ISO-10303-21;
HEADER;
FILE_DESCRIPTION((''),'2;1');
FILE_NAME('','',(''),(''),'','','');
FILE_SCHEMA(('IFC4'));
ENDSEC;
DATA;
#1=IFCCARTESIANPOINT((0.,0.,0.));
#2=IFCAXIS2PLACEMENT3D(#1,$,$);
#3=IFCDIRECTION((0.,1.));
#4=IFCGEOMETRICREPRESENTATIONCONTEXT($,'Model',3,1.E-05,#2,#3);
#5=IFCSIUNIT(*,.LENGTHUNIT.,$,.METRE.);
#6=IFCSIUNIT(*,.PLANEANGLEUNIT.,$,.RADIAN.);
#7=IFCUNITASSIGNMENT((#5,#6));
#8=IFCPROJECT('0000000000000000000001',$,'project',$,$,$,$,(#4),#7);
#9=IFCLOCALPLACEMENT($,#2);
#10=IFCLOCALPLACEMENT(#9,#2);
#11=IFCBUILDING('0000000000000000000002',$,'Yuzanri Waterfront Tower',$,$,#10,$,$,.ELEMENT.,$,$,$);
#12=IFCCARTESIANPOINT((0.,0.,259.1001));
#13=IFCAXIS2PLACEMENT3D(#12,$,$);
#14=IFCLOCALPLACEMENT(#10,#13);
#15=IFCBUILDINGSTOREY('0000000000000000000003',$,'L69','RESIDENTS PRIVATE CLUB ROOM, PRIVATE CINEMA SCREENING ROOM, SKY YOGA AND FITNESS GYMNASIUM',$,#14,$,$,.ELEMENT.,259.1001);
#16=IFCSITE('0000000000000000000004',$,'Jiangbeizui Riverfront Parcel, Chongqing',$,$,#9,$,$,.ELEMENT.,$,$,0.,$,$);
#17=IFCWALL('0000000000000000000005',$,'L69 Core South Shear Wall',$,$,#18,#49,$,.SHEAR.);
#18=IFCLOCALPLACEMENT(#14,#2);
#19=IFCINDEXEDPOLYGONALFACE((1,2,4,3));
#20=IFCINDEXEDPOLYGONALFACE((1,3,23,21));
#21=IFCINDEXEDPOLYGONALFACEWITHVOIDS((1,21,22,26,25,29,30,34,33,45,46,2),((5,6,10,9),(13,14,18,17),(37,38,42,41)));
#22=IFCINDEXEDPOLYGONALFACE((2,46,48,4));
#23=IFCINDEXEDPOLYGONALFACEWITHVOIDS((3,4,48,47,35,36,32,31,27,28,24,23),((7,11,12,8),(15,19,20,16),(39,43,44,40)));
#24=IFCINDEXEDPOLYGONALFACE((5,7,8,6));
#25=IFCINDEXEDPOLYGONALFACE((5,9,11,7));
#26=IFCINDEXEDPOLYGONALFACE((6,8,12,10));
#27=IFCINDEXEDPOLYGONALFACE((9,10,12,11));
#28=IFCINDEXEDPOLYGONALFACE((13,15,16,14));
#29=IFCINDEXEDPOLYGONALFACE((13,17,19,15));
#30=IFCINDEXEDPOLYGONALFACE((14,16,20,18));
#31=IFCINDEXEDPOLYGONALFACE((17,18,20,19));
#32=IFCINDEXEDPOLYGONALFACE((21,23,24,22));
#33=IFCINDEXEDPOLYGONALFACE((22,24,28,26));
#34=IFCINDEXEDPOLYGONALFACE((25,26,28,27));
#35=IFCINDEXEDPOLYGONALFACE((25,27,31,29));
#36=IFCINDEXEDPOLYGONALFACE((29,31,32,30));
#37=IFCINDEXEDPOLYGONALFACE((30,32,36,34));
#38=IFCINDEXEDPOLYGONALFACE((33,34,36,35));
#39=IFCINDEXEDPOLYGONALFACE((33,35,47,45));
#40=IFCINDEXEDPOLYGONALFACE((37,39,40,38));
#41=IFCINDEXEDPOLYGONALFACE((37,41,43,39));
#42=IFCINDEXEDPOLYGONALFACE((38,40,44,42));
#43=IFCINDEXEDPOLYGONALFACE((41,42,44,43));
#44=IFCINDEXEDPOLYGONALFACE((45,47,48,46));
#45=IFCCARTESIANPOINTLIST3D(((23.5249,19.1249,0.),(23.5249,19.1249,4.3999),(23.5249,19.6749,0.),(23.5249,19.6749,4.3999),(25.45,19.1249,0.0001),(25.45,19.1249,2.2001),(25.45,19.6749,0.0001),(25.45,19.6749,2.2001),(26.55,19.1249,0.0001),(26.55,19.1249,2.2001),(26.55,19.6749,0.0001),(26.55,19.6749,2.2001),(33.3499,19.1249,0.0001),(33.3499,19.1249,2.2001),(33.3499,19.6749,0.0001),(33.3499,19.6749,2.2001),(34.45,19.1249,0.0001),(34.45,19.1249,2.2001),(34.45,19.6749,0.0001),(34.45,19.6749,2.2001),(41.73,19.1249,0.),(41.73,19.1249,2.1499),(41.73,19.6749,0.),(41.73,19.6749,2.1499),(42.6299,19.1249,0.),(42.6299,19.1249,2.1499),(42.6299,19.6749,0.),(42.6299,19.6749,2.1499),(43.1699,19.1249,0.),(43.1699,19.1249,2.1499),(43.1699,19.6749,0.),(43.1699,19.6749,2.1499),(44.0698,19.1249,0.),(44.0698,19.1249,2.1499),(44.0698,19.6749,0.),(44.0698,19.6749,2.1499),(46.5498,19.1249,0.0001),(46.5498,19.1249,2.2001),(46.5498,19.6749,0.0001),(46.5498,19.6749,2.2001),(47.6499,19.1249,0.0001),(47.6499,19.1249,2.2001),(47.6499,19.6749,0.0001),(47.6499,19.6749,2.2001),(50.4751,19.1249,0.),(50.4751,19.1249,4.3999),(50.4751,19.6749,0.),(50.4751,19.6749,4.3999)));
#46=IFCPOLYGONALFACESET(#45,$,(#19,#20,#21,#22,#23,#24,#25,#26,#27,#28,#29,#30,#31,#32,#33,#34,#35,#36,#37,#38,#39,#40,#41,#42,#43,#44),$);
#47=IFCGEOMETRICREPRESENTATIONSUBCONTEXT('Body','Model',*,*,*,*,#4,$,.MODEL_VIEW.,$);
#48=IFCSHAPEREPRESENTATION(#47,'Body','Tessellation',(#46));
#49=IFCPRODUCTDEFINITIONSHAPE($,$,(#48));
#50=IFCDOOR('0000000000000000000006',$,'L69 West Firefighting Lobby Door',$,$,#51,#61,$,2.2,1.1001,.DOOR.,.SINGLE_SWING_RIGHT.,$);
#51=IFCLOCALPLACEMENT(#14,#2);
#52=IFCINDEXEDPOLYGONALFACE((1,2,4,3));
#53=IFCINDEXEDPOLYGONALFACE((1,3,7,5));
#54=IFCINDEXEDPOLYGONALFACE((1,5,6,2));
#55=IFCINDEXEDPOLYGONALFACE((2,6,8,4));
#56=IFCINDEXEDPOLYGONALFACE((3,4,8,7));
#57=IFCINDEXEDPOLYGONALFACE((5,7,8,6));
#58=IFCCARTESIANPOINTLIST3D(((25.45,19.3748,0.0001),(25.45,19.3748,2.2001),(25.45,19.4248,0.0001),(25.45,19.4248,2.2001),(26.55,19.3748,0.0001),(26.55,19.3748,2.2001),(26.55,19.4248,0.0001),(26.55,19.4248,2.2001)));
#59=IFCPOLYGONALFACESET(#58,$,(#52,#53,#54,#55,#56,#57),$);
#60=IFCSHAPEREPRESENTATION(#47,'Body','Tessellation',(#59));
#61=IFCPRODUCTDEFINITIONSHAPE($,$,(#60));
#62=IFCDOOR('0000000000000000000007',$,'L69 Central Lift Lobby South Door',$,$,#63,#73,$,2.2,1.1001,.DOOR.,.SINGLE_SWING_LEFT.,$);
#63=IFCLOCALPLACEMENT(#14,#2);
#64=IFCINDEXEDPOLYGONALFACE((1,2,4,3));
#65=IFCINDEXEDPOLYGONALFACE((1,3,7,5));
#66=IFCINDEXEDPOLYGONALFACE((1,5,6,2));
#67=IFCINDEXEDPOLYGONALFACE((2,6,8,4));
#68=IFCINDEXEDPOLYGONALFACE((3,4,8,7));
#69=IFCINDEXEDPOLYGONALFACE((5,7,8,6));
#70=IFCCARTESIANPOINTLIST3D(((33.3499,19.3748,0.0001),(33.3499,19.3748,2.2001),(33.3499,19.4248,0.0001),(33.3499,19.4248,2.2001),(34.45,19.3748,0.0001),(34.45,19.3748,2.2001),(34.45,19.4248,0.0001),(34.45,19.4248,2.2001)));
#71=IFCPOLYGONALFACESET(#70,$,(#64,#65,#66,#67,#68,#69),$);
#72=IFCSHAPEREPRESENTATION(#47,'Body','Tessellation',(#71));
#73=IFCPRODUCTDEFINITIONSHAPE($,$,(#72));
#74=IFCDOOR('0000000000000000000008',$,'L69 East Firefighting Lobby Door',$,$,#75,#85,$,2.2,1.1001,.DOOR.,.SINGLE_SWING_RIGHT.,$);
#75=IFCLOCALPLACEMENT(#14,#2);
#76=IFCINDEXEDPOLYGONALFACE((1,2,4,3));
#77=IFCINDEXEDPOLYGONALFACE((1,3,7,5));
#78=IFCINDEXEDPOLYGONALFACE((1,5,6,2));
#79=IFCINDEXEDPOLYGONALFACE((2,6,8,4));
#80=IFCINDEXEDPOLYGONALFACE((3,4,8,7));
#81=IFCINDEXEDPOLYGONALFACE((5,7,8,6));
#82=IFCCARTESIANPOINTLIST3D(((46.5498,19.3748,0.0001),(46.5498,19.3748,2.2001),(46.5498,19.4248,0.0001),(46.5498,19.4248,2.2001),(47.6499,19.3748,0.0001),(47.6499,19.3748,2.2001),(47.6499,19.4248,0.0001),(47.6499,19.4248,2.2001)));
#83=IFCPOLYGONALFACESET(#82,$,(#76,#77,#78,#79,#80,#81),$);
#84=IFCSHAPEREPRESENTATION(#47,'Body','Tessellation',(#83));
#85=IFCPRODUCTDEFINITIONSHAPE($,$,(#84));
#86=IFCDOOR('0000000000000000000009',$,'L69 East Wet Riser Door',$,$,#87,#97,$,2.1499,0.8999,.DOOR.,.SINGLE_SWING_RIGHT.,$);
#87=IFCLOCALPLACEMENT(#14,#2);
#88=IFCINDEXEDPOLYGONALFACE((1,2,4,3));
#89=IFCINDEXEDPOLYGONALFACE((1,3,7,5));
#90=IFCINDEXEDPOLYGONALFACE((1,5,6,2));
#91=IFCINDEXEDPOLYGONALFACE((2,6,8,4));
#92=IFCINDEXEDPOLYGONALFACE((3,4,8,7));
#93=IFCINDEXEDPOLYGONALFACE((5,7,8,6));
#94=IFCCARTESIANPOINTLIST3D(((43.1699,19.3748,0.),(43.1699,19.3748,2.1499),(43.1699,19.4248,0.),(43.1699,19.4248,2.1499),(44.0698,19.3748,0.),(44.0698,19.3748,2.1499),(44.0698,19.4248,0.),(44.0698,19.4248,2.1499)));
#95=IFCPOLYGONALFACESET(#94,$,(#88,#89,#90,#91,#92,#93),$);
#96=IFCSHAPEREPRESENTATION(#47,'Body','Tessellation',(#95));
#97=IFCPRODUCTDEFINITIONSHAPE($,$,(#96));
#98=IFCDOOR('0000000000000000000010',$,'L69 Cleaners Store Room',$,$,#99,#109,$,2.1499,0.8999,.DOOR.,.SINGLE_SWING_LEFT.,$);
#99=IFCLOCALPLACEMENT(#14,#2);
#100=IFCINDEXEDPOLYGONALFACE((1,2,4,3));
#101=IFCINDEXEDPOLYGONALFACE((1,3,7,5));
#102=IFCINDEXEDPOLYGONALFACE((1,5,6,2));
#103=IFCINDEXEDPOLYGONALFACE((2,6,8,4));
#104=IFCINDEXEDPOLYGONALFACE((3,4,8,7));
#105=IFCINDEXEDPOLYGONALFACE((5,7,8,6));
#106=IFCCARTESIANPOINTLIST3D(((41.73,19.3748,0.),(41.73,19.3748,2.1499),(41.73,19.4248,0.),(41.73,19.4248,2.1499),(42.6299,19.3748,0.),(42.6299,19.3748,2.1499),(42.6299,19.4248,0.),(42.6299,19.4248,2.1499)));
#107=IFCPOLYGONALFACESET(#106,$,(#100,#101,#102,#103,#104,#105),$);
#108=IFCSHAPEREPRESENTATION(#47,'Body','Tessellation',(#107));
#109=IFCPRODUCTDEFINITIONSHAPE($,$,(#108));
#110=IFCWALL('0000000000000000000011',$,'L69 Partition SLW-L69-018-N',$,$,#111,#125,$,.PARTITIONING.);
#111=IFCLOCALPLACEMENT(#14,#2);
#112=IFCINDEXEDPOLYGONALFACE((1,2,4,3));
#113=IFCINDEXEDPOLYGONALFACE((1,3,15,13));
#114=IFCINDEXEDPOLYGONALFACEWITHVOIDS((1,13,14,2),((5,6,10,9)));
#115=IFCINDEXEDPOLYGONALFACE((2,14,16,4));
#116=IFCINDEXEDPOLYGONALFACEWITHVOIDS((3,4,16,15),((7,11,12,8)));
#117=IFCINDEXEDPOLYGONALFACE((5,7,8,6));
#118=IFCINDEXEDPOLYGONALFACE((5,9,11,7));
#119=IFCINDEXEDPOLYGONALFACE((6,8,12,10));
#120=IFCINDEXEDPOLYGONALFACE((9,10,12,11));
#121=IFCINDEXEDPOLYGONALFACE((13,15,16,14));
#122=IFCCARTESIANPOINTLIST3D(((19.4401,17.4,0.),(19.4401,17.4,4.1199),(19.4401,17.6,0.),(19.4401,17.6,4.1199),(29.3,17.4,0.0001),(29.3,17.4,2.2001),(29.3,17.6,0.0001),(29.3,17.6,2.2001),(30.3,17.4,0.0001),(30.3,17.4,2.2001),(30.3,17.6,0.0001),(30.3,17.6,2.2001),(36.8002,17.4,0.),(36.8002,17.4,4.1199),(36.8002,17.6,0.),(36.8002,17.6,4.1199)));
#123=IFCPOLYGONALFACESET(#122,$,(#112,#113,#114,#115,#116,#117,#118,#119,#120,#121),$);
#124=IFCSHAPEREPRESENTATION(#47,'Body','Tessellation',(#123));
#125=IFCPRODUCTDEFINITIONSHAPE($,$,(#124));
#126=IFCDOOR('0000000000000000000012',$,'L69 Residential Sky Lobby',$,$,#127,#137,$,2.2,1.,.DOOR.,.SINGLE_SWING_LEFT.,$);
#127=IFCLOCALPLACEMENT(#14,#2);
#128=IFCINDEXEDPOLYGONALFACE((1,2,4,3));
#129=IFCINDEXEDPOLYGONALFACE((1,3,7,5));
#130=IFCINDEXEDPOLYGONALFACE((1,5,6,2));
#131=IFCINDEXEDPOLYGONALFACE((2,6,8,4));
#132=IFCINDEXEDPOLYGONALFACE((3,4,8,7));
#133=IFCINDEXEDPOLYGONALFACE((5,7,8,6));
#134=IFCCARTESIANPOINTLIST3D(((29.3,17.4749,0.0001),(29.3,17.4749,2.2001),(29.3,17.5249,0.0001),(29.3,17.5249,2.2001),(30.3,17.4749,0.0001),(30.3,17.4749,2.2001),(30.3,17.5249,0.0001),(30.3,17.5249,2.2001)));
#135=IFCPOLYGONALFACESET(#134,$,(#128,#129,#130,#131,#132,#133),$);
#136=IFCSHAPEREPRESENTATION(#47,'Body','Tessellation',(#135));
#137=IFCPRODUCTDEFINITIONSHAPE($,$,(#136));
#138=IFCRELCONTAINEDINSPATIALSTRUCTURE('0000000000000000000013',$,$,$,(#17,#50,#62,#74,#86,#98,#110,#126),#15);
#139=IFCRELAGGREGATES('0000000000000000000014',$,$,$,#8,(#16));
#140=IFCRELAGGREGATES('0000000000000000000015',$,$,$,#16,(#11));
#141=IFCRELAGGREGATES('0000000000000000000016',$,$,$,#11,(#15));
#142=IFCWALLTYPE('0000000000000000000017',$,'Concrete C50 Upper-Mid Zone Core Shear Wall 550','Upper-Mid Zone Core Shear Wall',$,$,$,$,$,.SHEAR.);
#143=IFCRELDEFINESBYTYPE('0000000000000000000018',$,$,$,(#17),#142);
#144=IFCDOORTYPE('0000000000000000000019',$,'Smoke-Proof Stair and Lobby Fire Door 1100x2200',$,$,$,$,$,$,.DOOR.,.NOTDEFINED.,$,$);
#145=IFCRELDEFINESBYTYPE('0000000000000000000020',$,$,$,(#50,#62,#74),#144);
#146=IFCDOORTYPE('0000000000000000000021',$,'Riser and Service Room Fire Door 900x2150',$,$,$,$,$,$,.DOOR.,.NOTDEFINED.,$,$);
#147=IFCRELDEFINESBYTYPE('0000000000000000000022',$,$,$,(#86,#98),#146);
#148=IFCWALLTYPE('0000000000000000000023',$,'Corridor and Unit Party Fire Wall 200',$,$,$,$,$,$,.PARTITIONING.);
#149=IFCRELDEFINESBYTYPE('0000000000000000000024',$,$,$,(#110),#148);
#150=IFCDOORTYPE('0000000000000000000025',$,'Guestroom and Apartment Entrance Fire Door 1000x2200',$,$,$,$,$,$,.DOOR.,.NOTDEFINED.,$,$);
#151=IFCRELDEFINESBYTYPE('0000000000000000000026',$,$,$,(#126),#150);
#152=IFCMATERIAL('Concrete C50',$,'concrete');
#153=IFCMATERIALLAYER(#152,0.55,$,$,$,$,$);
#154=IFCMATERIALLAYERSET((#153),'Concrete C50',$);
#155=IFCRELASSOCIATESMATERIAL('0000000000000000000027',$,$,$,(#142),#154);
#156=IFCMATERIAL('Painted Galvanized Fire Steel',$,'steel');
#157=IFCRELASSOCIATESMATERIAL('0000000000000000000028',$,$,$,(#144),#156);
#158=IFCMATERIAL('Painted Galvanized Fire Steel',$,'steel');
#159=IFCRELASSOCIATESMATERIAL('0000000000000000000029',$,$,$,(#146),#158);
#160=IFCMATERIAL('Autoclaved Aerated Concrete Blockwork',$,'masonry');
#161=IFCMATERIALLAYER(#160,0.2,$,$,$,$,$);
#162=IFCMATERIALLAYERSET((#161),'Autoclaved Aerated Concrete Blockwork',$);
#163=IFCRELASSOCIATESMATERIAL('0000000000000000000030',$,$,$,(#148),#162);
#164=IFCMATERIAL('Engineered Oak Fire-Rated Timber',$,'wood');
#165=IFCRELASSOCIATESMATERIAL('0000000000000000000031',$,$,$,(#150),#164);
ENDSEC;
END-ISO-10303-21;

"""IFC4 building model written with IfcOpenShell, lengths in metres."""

from ifc_helpers import new_model, si_unit, direction, frame, frame_2d, origin, place, context, subcontext, project, spatial, rectangle, extrude, source, transform, mapped, material, layer, layer_set, type_object, element, fill, save


model = new_model("IFC4")

# Units and contexts
model_context = context("Model", 3, precision=1e-05, world=origin(), true_north=direction((0.0, 1.0)))
body_context = subcontext(model_context, "Body", "Model", "MODEL_VIEW")
ifc_project = project(units=[si_unit("LENGTHUNIT", "METRE"), si_unit("PLANEANGLEUNIT", "RADIAN")], contexts=[model_context])

# Site, building, storey
site_placement = place(None, origin())
site = spatial("IfcSite", under=ifc_project, at=site_placement, Name="Jiangbeizui Riverfront Parcel, Chongqing", CompositionType="ELEMENT", RefElevation=0.0)
building_placement = place(site_placement, origin())
building = spatial("IfcBuilding", under=site, at=building_placement, Name="Yuzanri Waterfront Tower", CompositionType="ELEMENT")
storey_placement = place(building_placement, frame((0.0, 0.0, 259.1001)))
storey = spatial("IfcBuildingStorey", under=building, at=storey_placement, Name="L69", Description="RESIDENTS PRIVATE CLUB ROOM, PRIVATE CINEMA SCREENING ROOM, SKY YOGA AND FITNESS GYMNASIUM", CompositionType="ELEMENT", Elevation=259.1001)

# Wall, openings, doors
ifc_material_1 = material(Name="Concrete C50", Category="concrete")
ifc_layer_1 = layer(ifc_material_1, 0.55)
ifc_layer_set_1 = layer_set([ifc_layer_1], Name="Concrete C50")
wall_type_1 = type_object("IfcWallType", Name="Concrete C50 Upper-Mid Zone Core Shear Wall 550", Description="Upper-Mid Zone Core Shear Wall", PredefinedType="SHEAR", material=ifc_layer_set_1)
wall_1_placement = place(storey_placement, frame((23.5249, 19.3999, 0.0), z_axis=(0.0, 0.0, 1.0), x_axis=(1.0, 0.0, 0.0)))
wall_1 = element("IfcWall", 1, at=wall_1_placement, inside=storey, type_object=wall_type_1, Name="L69 Core South Shear Wall", PredefinedType="SHEAR", context=body_context, shape_type="SweptSolid", body=[
    extrude(rectangle(XDim=26.9502, YDim=0.55, at=frame_2d((13.4751, 0.0))), origin(), (0.0, 0.0, 1.0), 4.3999),
])
opening_1_placement = place(wall_1_placement, frame((1.925, 0.0, 0.0)))
opening_1 = element("IfcOpeningElement", 2, at=opening_1_placement, cuts=wall_1, PredefinedType="OPENING", context=body_context, shape_type="SweptSolid", body=[
    extrude(rectangle(XDim=1.1001, YDim=2.2, at=frame_2d((0.55, 1.1001))), frame((0.0, 0.29, 0.0), z_axis=(0.0, -1.0, 0.0), x_axis=(1.0, 0.0, 0.0)), (0.0, 0.0, 1.0), 0.5798),
])
opening_2_placement = place(wall_1_placement, frame((9.825, 0.0, 0.0)))
opening_2 = element("IfcOpeningElement", 3, at=opening_2_placement, cuts=wall_1, PredefinedType="OPENING", context=body_context, shape_type="SweptSolid", body=[
    extrude(rectangle(XDim=1.1001, YDim=2.2, at=frame_2d((0.55, 1.1001))), frame((0.0, 0.29, 0.0), z_axis=(0.0, -1.0, 0.0), x_axis=(1.0, 0.0, 0.0)), (0.0, 0.0, 1.0), 0.5798),
])
opening_3_placement = place(wall_1_placement, frame((23.0249, 0.0, 0.0)))
opening_3 = element("IfcOpeningElement", 4, at=opening_3_placement, cuts=wall_1, PredefinedType="OPENING", context=body_context, shape_type="SweptSolid", body=[
    extrude(rectangle(XDim=1.1001, YDim=2.2, at=frame_2d((0.55, 1.1001))), frame((0.0, 0.29, 0.0), z_axis=(0.0, -1.0, 0.0), x_axis=(1.0, 0.0, 0.0)), (0.0, 0.0, 1.0), 0.5798),
])
opening_4_placement = place(wall_1_placement, frame((19.645, 0.0, 0.0)))
opening_4 = element("IfcOpeningElement", 5, at=opening_4_placement, cuts=wall_1, PredefinedType="OPENING", context=body_context, shape_type="SweptSolid", body=[
    extrude(rectangle(XDim=0.8999, YDim=2.1499, at=frame_2d((0.45, 1.075))), frame((0.0, 0.29, 0.0), z_axis=(0.0, -1.0, 0.0), x_axis=(1.0, 0.0, 0.0)), (0.0, 0.0, 1.0), 0.5798),
])
opening_5_placement = place(wall_1_placement, frame((18.2051, 0.0, 0.0)))
opening_5 = element("IfcOpeningElement", 6, at=opening_5_placement, cuts=wall_1, PredefinedType="OPENING", context=body_context, shape_type="SweptSolid", body=[
    extrude(rectangle(XDim=0.8999, YDim=2.1499, at=frame_2d((0.45, 1.075))), frame((0.0, 0.29, 0.0), z_axis=(0.0, -1.0, 0.0), x_axis=(1.0, 0.0, 0.0)), (0.0, 0.0, 1.0), 0.5798),
])
ifc_material_2 = material(Name="Painted Galvanized Fire Steel", Category="steel")
door_type_1 = type_object("IfcDoorType", Name="Smoke-Proof Stair and Lobby Fire Door 1100x2200", OperationType="NOTDEFINED", PredefinedType="DOOR", material=ifc_material_2)
shared_shape_1 = source(origin(), body_context, "Body", "SweptSolid", [
    extrude(rectangle(XDim=1.1001, YDim=2.2, at=frame_2d((0.55, 1.1001))), frame((0.0, 0.0249, 0.0), z_axis=(0.0, -1.0, 0.0), x_axis=(1.0, 0.0, 0.0)), (0.0, 0.0, 1.0), 0.05),
])
door_1_placement = place(opening_1_placement, origin())
door_1 = element("IfcDoor", 7, at=door_1_placement, inside=storey, type_object=door_type_1, Name="L69 West Firefighting Lobby Door", OperationType="SINGLE_SWING_RIGHT", OverallHeight=2.2, OverallWidth=1.1001, PredefinedType="DOOR", context=body_context, shape_type="MappedRepresentation", body=[
    mapped(shared_shape_1, transform((0.0, 0.0, 0.0), scale=1.0)),
])
fill(opening_1, door_1)
door_2_placement = place(opening_2_placement, origin())
door_2 = element("IfcDoor", 8, at=door_2_placement, inside=storey, type_object=door_type_1, Name="L69 Central Lift Lobby South Door", OperationType="SINGLE_SWING_LEFT", OverallHeight=2.2, OverallWidth=1.1001, PredefinedType="DOOR", context=body_context, shape_type="MappedRepresentation", body=[
    mapped(shared_shape_1, transform((0.0, 0.0, 0.0), scale=1.0)),
])
fill(opening_2, door_2)
door_3_placement = place(opening_3_placement, origin())
door_3 = element("IfcDoor", 9, at=door_3_placement, inside=storey, type_object=door_type_1, Name="L69 East Firefighting Lobby Door", OperationType="SINGLE_SWING_RIGHT", OverallHeight=2.2, OverallWidth=1.1001, PredefinedType="DOOR", context=body_context, shape_type="MappedRepresentation", body=[
    mapped(shared_shape_1, transform((0.0, 0.0, 0.0), scale=1.0)),
])
fill(opening_3, door_3)
ifc_material_3 = material(Name="Painted Galvanized Fire Steel", Category="steel")
door_type_2 = type_object("IfcDoorType", Name="Riser and Service Room Fire Door 900x2150", OperationType="NOTDEFINED", PredefinedType="DOOR", material=ifc_material_3)
shared_shape_2 = source(origin(), body_context, "Body", "SweptSolid", [
    extrude(rectangle(XDim=0.8999, YDim=2.1499, at=frame_2d((0.45, 1.075))), frame((0.0, 0.0249, 0.0), z_axis=(0.0, -1.0, 0.0), x_axis=(1.0, 0.0, 0.0)), (0.0, 0.0, 1.0), 0.05),
])
door_4_placement = place(opening_4_placement, origin())
door_4 = element("IfcDoor", 10, at=door_4_placement, inside=storey, type_object=door_type_2, Name="L69 East Wet Riser Door", OperationType="SINGLE_SWING_RIGHT", OverallHeight=2.1499, OverallWidth=0.8999, PredefinedType="DOOR", context=body_context, shape_type="MappedRepresentation", body=[
    mapped(shared_shape_2, transform((0.0, 0.0, 0.0), scale=1.0)),
])
fill(opening_4, door_4)
door_5_placement = place(opening_5_placement, origin())
door_5 = element("IfcDoor", 11, at=door_5_placement, inside=storey, type_object=door_type_2, Name="L69 Cleaners Store Room", OperationType="SINGLE_SWING_LEFT", OverallHeight=2.1499, OverallWidth=0.8999, PredefinedType="DOOR", context=body_context, shape_type="MappedRepresentation", body=[
    mapped(shared_shape_2, transform((0.0, 0.0, 0.0), scale=1.0)),
])
fill(opening_5, door_5)

# Wall, opening, door
ifc_material_4 = material(Name="Autoclaved Aerated Concrete Blockwork", Category="masonry")
ifc_layer_2 = layer(ifc_material_4, 0.2)
ifc_layer_set_2 = layer_set([ifc_layer_2], Name="Autoclaved Aerated Concrete Blockwork")
wall_type_2 = type_object("IfcWallType", Name="Corridor and Unit Party Fire Wall 200", PredefinedType="PARTITIONING", material=ifc_layer_set_2)
wall_2_placement = place(storey_placement, frame((19.4399, 17.5, 0.0), z_axis=(0.0, 0.0, 1.0), x_axis=(1.0, 0.0, 0.0)))
wall_2 = element("IfcWall", 12, at=wall_2_placement, inside=storey, type_object=wall_type_2, Name="L69 Partition SLW-L69-018-N", PredefinedType="PARTITIONING", context=body_context, shape_type="SweptSolid", body=[
    extrude(rectangle(XDim=17.3601, YDim=0.2, at=frame_2d((8.6802, 0.0))), origin(), (0.0, 0.0, 1.0), 4.1199),
])
opening_6_placement = place(wall_2_placement, frame((9.8601, 0.0, 0.0)))
opening_6 = element("IfcOpeningElement", 13, at=opening_6_placement, cuts=wall_2, PredefinedType="OPENING", context=body_context, shape_type="SweptSolid", body=[
    extrude(rectangle(XDim=1.0, YDim=2.2, at=frame_2d((0.5, 1.1001))), frame((0.0, 0.1147, 0.0), z_axis=(0.0, -1.0, 0.0), x_axis=(1.0, 0.0, 0.0)), (0.0, 0.0, 1.0), 0.2297),
])
ifc_material_5 = material(Name="Engineered Oak Fire-Rated Timber", Category="wood")
door_type_3 = type_object("IfcDoorType", Name="Guestroom and Apartment Entrance Fire Door 1000x2200", OperationType="NOTDEFINED", PredefinedType="DOOR", material=ifc_material_5)
shared_shape_3 = source(origin(), body_context, "Body", "SweptSolid", [
    extrude(rectangle(XDim=1.0, YDim=2.2, at=frame_2d((0.5, 1.1001))), frame((0.0, 0.0249, 0.0), z_axis=(0.0, -1.0, 0.0), x_axis=(1.0, 0.0, 0.0)), (0.0, 0.0, 1.0), 0.05),
])
door_6_placement = place(opening_6_placement, origin())
door_6 = element("IfcDoor", 14, at=door_6_placement, inside=storey, type_object=door_type_3, Name="L69 Residential Sky Lobby", OperationType="SINGLE_SWING_LEFT", OverallHeight=2.2, OverallWidth=1.0, PredefinedType="DOOR", context=body_context, shape_type="MappedRepresentation", body=[
    mapped(shared_shape_3, transform((0.0, 0.0, 0.0), scale=1.0)),
])
fill(opening_6, door_6)

save(model, "model.ifc")
